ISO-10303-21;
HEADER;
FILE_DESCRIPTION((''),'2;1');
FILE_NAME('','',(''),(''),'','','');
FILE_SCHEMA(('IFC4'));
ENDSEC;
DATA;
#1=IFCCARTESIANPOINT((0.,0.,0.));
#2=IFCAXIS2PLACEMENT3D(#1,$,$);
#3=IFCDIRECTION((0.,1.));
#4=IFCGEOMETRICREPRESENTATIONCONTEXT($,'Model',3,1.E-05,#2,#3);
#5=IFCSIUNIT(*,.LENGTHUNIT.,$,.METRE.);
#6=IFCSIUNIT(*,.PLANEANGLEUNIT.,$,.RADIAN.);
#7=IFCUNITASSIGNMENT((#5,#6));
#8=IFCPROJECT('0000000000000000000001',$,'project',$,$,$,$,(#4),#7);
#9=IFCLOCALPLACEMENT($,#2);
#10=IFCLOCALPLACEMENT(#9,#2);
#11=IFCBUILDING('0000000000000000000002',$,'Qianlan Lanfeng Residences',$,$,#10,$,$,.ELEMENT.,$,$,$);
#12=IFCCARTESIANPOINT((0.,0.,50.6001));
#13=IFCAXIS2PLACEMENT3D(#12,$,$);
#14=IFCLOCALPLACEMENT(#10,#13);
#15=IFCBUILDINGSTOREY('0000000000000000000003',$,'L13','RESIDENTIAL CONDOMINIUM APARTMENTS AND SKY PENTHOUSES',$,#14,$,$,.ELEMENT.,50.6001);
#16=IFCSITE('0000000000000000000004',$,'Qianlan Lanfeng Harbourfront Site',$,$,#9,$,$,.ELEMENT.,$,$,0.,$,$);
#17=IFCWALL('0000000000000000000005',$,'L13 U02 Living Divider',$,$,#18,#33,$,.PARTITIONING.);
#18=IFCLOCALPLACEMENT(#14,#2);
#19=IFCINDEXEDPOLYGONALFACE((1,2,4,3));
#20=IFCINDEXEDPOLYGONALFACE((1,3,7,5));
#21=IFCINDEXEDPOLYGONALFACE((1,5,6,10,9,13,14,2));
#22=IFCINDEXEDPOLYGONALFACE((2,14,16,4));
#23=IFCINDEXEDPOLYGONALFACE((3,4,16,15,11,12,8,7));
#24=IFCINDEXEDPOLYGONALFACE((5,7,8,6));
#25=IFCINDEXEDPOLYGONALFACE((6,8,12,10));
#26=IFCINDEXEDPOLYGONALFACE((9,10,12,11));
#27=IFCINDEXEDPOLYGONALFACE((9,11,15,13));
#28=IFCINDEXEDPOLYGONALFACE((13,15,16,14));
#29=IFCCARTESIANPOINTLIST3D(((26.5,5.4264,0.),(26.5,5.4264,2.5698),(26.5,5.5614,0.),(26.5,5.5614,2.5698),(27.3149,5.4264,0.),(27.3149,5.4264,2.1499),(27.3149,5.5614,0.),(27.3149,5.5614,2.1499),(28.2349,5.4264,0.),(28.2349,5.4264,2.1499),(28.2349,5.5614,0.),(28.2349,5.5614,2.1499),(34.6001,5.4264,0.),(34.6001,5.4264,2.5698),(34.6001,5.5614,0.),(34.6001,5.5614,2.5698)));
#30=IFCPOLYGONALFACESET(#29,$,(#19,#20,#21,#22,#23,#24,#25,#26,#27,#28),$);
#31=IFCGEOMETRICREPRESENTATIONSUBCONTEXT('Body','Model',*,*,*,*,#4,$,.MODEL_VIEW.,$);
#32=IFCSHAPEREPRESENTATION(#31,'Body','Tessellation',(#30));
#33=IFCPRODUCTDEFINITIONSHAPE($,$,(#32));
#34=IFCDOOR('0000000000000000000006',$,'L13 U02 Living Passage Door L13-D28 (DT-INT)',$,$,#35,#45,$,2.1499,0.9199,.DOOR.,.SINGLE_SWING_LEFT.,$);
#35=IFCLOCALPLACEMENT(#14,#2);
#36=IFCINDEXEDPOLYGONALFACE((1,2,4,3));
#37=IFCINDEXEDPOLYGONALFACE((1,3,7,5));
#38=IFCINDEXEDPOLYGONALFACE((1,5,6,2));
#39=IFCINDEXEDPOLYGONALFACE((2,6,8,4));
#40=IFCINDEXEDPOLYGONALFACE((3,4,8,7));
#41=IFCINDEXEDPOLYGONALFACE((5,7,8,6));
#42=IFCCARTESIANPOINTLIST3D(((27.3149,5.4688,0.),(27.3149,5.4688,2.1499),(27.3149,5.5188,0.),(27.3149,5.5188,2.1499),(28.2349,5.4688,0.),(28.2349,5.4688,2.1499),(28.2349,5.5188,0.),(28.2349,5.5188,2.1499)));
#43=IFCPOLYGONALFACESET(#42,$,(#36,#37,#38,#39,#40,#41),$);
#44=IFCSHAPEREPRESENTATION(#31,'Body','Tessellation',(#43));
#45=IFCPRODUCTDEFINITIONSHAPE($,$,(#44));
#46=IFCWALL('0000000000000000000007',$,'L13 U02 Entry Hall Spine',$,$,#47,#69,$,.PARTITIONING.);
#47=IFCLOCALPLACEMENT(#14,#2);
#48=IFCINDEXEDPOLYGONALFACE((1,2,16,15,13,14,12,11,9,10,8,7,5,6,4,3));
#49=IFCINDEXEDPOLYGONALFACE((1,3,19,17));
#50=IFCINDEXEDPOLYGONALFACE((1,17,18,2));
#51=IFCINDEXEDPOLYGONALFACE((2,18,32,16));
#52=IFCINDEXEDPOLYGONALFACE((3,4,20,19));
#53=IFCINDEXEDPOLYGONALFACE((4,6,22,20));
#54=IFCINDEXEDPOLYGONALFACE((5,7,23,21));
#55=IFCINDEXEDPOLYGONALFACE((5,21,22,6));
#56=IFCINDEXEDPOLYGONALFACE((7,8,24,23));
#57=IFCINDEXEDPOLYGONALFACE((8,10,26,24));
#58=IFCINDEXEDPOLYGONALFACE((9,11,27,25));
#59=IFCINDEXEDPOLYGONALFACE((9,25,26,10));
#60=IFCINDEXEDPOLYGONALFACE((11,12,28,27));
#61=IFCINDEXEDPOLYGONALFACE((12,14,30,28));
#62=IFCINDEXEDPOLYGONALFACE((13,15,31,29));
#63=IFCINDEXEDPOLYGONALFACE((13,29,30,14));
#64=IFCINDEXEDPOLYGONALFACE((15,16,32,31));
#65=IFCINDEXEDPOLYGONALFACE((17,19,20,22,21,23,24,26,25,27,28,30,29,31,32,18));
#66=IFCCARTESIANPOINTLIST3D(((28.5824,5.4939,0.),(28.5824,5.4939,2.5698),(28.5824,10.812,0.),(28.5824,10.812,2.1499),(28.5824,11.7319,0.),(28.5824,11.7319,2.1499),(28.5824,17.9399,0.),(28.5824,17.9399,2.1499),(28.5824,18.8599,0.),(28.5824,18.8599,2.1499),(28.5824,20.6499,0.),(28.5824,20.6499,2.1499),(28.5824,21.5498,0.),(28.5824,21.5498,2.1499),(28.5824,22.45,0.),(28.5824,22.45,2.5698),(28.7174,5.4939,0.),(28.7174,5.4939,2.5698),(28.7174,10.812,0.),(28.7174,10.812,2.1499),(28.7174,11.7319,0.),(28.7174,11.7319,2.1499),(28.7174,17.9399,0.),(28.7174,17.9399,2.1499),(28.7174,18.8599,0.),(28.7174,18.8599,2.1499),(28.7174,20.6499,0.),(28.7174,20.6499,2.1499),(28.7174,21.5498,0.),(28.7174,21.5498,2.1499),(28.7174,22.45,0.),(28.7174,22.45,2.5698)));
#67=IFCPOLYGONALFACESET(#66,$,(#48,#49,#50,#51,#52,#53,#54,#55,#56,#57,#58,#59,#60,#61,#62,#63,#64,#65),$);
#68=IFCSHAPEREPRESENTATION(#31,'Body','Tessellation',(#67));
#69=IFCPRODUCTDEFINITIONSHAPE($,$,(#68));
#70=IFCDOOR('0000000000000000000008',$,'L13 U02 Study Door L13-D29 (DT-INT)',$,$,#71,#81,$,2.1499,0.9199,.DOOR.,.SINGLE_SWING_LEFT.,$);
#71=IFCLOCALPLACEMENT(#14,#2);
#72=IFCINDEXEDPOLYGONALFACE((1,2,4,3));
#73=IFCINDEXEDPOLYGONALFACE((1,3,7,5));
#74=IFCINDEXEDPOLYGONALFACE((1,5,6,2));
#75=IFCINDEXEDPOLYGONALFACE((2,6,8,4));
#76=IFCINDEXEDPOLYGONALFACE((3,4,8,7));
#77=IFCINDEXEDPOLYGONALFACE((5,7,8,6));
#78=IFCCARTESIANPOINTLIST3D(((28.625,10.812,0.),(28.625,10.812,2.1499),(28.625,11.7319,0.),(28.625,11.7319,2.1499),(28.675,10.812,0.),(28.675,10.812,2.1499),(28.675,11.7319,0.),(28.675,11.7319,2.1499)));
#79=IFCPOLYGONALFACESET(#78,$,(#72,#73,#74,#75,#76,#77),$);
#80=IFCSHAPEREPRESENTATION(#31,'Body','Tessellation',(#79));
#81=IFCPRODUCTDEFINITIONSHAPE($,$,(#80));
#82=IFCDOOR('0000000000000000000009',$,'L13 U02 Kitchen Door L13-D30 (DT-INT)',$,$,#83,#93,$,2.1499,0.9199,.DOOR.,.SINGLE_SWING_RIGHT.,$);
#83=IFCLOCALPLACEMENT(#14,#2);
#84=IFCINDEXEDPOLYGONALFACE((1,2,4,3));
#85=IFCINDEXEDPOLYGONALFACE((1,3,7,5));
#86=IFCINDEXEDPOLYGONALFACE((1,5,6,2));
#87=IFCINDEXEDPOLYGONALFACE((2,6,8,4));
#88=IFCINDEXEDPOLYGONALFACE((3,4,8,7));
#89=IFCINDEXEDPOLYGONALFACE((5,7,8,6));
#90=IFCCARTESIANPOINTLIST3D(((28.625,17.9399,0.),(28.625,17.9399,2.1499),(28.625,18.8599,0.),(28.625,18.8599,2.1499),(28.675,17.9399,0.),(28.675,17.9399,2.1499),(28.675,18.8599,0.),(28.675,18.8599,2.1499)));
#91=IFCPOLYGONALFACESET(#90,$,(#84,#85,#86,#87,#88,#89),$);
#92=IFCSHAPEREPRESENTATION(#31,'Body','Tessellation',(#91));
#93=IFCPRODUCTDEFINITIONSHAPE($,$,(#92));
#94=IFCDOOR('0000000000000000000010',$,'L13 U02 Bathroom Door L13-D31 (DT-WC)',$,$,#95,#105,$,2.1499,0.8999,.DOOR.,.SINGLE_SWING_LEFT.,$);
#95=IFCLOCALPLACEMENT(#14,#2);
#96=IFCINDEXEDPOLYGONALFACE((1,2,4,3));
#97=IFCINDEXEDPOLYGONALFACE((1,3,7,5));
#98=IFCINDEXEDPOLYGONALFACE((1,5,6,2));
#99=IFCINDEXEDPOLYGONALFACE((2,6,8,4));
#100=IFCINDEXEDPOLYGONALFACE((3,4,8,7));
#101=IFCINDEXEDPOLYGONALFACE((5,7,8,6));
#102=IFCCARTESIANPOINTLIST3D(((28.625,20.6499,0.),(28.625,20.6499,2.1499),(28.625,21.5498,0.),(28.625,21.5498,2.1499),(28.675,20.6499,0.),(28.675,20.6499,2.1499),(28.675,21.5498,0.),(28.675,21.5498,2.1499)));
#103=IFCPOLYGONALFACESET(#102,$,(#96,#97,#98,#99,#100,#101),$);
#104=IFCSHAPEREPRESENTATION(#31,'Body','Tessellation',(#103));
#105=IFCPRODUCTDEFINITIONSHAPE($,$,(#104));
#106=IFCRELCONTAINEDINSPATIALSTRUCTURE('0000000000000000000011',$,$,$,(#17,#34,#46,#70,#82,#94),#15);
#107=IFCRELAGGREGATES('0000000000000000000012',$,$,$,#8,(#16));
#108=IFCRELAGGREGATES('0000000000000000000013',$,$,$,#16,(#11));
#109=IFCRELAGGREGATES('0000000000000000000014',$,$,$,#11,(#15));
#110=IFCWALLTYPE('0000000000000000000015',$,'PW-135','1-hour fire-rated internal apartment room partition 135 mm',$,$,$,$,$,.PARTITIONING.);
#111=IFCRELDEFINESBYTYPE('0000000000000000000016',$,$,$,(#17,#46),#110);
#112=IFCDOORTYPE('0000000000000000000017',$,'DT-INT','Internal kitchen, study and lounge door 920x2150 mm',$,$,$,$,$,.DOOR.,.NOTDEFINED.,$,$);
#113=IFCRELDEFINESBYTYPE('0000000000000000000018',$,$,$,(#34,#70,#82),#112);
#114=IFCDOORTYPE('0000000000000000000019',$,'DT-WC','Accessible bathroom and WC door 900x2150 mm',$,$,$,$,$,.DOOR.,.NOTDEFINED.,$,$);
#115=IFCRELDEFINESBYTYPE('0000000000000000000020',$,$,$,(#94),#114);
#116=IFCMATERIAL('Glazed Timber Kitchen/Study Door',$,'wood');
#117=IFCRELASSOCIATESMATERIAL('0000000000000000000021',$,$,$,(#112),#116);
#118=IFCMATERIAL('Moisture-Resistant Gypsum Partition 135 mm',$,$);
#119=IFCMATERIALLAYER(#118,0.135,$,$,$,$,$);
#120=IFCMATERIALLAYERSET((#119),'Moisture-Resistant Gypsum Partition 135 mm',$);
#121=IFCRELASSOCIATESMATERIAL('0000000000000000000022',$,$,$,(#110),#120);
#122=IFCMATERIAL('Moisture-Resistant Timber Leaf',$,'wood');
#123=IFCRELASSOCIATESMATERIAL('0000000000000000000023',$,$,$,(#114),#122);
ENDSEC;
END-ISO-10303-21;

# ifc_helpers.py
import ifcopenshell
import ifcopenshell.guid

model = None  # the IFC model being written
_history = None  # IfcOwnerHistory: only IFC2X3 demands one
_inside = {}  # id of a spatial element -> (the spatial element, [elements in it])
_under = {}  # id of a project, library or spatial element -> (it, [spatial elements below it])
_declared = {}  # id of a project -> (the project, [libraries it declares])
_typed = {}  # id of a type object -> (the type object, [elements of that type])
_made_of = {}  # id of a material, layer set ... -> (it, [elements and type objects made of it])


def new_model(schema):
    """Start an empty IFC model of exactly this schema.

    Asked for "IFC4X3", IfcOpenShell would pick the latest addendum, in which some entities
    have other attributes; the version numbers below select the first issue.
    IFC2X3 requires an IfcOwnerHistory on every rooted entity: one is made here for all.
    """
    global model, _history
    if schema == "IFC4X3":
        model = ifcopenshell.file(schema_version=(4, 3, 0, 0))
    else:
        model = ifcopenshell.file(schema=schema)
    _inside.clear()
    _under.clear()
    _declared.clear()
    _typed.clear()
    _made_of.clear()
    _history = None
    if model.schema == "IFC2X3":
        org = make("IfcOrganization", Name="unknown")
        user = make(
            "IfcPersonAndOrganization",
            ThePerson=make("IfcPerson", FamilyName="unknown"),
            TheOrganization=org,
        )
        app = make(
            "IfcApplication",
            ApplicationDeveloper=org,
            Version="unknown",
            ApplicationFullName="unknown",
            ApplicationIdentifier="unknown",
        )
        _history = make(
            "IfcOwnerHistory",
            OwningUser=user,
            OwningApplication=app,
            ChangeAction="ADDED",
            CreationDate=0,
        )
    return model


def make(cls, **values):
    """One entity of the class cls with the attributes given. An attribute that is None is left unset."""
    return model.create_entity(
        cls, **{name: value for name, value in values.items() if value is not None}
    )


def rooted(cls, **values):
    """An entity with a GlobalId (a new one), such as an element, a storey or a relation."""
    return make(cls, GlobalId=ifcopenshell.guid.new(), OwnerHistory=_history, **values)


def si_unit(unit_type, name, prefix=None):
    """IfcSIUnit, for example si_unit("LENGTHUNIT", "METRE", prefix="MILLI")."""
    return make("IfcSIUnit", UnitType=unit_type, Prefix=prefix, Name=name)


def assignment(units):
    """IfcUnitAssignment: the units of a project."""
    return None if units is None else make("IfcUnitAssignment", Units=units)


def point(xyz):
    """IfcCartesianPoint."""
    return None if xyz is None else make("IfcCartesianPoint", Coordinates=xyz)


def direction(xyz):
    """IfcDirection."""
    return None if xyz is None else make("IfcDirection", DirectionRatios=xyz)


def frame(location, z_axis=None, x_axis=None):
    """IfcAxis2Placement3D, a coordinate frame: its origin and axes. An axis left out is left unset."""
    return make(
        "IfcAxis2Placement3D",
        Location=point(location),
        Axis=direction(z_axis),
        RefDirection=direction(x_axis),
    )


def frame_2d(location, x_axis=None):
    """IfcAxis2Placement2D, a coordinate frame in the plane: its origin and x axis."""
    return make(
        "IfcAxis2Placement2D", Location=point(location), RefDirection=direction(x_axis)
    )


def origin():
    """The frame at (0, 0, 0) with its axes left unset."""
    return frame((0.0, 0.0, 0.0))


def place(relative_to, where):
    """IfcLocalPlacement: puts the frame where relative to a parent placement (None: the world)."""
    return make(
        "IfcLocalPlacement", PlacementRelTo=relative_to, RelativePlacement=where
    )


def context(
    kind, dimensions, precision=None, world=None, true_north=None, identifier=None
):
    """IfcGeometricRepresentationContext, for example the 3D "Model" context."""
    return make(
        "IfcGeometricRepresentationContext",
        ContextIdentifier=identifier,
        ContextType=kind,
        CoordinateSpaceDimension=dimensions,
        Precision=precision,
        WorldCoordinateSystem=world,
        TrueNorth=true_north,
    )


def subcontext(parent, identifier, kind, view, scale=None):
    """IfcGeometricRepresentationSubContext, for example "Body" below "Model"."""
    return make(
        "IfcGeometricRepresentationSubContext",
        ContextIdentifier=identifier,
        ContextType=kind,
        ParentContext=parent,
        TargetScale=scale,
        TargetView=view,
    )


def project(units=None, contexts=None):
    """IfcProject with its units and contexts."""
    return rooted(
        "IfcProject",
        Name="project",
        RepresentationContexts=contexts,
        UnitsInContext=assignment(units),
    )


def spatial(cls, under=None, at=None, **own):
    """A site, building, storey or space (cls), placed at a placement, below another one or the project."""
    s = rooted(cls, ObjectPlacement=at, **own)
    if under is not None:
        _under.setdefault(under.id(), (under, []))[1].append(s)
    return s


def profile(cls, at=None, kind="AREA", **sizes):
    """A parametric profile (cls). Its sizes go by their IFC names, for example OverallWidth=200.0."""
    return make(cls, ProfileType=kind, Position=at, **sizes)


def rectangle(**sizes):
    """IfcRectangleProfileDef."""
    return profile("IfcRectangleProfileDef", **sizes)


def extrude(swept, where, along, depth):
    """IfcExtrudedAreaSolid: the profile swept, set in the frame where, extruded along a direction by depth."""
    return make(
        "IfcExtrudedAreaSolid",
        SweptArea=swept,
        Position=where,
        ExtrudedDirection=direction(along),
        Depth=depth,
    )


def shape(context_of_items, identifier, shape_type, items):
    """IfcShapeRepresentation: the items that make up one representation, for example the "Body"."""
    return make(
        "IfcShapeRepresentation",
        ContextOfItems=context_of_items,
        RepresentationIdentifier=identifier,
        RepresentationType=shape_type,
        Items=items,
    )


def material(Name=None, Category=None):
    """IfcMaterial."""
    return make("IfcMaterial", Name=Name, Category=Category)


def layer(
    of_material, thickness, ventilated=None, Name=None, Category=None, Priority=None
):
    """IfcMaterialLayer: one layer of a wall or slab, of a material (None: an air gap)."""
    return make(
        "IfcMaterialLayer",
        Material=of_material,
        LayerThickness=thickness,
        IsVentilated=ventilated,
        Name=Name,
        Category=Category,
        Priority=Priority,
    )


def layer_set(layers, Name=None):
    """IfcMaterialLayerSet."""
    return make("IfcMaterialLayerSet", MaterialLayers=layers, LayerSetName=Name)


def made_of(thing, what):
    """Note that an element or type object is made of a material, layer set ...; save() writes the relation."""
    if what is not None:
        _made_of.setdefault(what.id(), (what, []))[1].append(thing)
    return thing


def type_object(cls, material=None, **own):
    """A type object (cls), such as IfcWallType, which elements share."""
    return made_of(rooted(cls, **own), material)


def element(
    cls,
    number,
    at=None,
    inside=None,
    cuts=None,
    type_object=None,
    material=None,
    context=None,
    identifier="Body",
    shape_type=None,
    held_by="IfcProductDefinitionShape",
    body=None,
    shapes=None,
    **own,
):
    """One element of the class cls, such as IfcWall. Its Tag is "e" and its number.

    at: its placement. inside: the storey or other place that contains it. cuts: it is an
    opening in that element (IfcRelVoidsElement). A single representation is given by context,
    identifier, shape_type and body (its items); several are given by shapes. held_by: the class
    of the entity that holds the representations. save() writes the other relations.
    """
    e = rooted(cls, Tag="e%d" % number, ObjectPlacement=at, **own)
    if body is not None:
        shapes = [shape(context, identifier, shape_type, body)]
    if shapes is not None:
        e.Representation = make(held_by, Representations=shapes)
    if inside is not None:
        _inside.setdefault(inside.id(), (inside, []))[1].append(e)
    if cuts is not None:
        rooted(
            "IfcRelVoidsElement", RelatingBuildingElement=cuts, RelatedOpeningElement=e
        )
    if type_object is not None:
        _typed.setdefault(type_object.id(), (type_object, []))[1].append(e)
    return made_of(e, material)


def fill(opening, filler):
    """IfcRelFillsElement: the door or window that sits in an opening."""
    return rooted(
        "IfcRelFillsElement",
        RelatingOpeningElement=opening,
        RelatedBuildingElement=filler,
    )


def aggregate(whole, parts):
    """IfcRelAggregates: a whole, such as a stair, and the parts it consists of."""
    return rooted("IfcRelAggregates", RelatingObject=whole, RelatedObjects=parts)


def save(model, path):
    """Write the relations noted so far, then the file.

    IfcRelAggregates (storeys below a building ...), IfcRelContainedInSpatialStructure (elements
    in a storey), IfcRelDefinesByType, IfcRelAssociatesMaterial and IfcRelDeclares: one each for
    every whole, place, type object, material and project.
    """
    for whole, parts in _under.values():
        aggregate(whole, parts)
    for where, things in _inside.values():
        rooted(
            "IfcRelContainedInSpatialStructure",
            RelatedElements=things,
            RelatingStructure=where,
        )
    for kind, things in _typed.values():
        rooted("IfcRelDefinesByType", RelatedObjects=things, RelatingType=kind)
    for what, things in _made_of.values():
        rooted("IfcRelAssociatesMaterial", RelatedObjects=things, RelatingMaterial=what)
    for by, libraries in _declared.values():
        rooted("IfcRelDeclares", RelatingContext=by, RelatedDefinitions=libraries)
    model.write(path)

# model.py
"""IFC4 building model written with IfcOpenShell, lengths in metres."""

from ifc_helpers import new_model, si_unit, direction, frame, frame_2d, origin, place, context, subcontext, project, spatial, rectangle, extrude, material, layer, layer_set, type_object, element, fill, save


model = new_model("IFC4")

# Units and contexts
model_context = context("Model", 3, precision=1e-05, world=origin(), true_north=direction((0.0, 1.0)))
body_context = subcontext(model_context, "Body", "Model", "MODEL_VIEW")
ifc_project = project(units=[si_unit("LENGTHUNIT", "METRE"), si_unit("PLANEANGLEUNIT", "RADIAN")], contexts=[model_context])

# Site, building, storey
site_placement = place(None, origin())
site = spatial("IfcSite", under=ifc_project, at=site_placement, Name="Qianlan Lanfeng Harbourfront Site", CompositionType="ELEMENT", RefElevation=0.0)
building_placement = place(site_placement, origin())
building = spatial("IfcBuilding", under=site, at=building_placement, Name="Qianlan Lanfeng Residences", CompositionType="ELEMENT")
storey_placement = place(building_placement, frame((0.0, 0.0, 50.6001)))
storey = spatial("IfcBuildingStorey", under=building, at=storey_placement, Name="L13", Description="RESIDENTIAL CONDOMINIUM APARTMENTS AND SKY PENTHOUSES", CompositionType="ELEMENT", Elevation=50.6001)

# Shared definitions
ifc_material_1 = material(Name="Glazed Timber Kitchen/Study Door", Category="wood")
door_type_1 = type_object("IfcDoorType", Name="DT-INT", Description="Internal kitchen, study and lounge door 920x2150 mm", OperationType="NOTDEFINED", PredefinedType="DOOR", material=ifc_material_1)
ifc_material_2 = material(Name="Moisture-Resistant Gypsum Partition 135 mm")
ifc_layer_1 = layer(ifc_material_2, 0.135)
ifc_layer_set_1 = layer_set([ifc_layer_1], Name="Moisture-Resistant Gypsum Partition 135 mm")
wall_type_1 = type_object("IfcWallType", Name="PW-135", Description="1-hour fire-rated internal apartment room partition 135 mm", PredefinedType="PARTITIONING", material=ifc_layer_set_1)

# Wall, opening, door
wall_1_placement = place(storey_placement, frame((26.5, 5.4939, 0.0), z_axis=(0.0, 0.0, 1.0), x_axis=(1.0, 0.0, 0.0)))
wall_1 = element("IfcWall", 1, at=wall_1_placement, inside=storey, type_object=wall_type_1, Name="L13 U02 Living Divider", PredefinedType="PARTITIONING", context=body_context, shape_type="SweptSolid", body=[
    extrude(rectangle(XDim=8.1001, YDim=0.135, at=frame_2d((4.05, 0.0))), origin(), (0.0, 0.0, 1.0), 2.5698),
])
opening_1_placement = place(wall_1_placement, frame((0.8149, 0.0, 0.0)))
opening_1 = element("IfcOpeningElement", 2, at=opening_1_placement, cuts=wall_1, PredefinedType="OPENING", context=body_context, shape_type="SweptSolid", body=[
    extrude(rectangle(XDim=0.9199, YDim=2.1499, at=frame_2d((0.46, 1.075))), frame((0.0, 0.0776, 0.0), z_axis=(0.0, -1.0, 0.0), x_axis=(1.0, 0.0, 0.0)), (0.0, 0.0, 1.0), 0.155),
])
door_1_placement = place(opening_1_placement, origin())
door_1 = element("IfcDoor", 3, at=door_1_placement, inside=storey, type_object=door_type_1, Name="L13 U02 Living Passage Door L13-D28 (DT-INT)", OperationType="SINGLE_SWING_LEFT", OverallHeight=2.1499, OverallWidth=0.9199, PredefinedType="DOOR", context=body_context, shape_type="SweptSolid", body=[
    extrude(rectangle(XDim=0.9199, YDim=2.1499, at=frame_2d((0.46, 1.075))), frame((0.0, 0.0249, 0.0), z_axis=(0.0, -1.0, 0.0), x_axis=(1.0, 0.0, 0.0)), (0.0, 0.0, 1.0), 0.05),
])
fill(opening_1, door_1)

# Wall, openings, doors
wall_2_placement = place(storey_placement, frame((28.6499, 5.4939, 0.0), z_axis=(0.0, 0.0, 1.0), x_axis=(0.0, 1.0, 0.0)))
wall_2 = element("IfcWall", 4, at=wall_2_placement, inside=storey, type_object=wall_type_1, Name="L13 U02 Entry Hall Spine", PredefinedType="PARTITIONING", context=body_context, shape_type="SweptSolid", body=[
    extrude(rectangle(XDim=16.9561, YDim=0.135, at=frame_2d((8.478, 0.0))), origin(), (0.0, 0.0, 1.0), 2.5698),
])
opening_2_placement = place(wall_2_placement, frame((5.3181, 0.0, 0.0)))
opening_2 = element("IfcOpeningElement", 5, at=opening_2_placement, cuts=wall_2, PredefinedType="OPENING", context=body_context, shape_type="SweptSolid", body=[
    extrude(rectangle(XDim=0.9199, YDim=2.1499, at=frame_2d((0.46, 1.075))), frame((0.0, 0.0776, 0.0), z_axis=(0.0, -1.0, 0.0), x_axis=(1.0, 0.0, 0.0)), (0.0, 0.0, 1.0), 0.155),
])
opening_3_placement = place(wall_2_placement, frame((12.446, 0.0, 0.0)))
opening_3 = element("IfcOpeningElement", 6, at=opening_3_placement, cuts=wall_2, PredefinedType="OPENING", context=body_context, shape_type="SweptSolid", body=[
    extrude(rectangle(XDim=0.9199, YDim=2.1499, at=frame_2d((0.46, 1.075))), frame((0.0, 0.0776, 0.0), z_axis=(0.0, -1.0, 0.0), x_axis=(1.0, 0.0, 0.0)), (0.0, 0.0, 1.0), 0.155),
])
opening_4_placement = place(wall_2_placement, frame((15.156, 0.0, 0.0)))
opening_4 = element("IfcOpeningElement", 7, at=opening_4_placement, cuts=wall_2, PredefinedType="OPENING", context=body_context, shape_type="SweptSolid", body=[
    extrude(rectangle(XDim=0.8999, YDim=2.1499, at=frame_2d((0.45, 1.075))), frame((0.0, 0.0776, 0.0), z_axis=(0.0, -1.0, 0.0), x_axis=(1.0, 0.0, 0.0)), (0.0, 0.0, 1.0), 0.155),
])
door_2_placement = place(opening_2_placement, origin())
door_2 = element("IfcDoor", 8, at=door_2_placement, inside=storey, type_object=door_type_1, Name="L13 U02 Study Door L13-D29 (DT-INT)", OperationType="SINGLE_SWING_LEFT", OverallHeight=2.1499, OverallWidth=0.9199, PredefinedType="DOOR", context=body_context, shape_type="SweptSolid", body=[
    extrude(rectangle(XDim=0.9199, YDim=2.1499, at=frame_2d((0.46, 1.075))), frame((0.0, 0.0249, 0.0), z_axis=(0.0, -1.0, 0.0), x_axis=(1.0, 0.0, 0.0)), (0.0, 0.0, 1.0), 0.05),
])
fill(opening_2, door_2)
door_3_placement = place(opening_3_placement, origin())
door_3 = element("IfcDoor", 9, at=door_3_placement, inside=storey, type_object=door_type_1, Name="L13 U02 Kitchen Door L13-D30 (DT-INT)", OperationType="SINGLE_SWING_RIGHT", OverallHeight=2.1499, OverallWidth=0.9199, PredefinedType="DOOR", context=body_context, shape_type="SweptSolid", body=[
    extrude(rectangle(XDim=0.9199, YDim=2.1499, at=frame_2d((0.46, 1.075))), frame((0.0, 0.0249, 0.0), z_axis=(0.0, -1.0, 0.0), x_axis=(1.0, 0.0, 0.0)), (0.0, 0.0, 1.0), 0.05),
])
fill(opening_3, door_3)
ifc_material_3 = material(Name="Moisture-Resistant Timber Leaf", Category="wood")
door_type_2 = type_object("IfcDoorType", Name="DT-WC", Description="Accessible bathroom and WC door 900x2150 mm", OperationType="NOTDEFINED", PredefinedType="DOOR", material=ifc_material_3)
door_4_placement = place(opening_4_placement, origin())
door_4 = element("IfcDoor", 10, at=door_4_placement, inside=storey, type_object=door_type_2, Name="L13 U02 Bathroom Door L13-D31 (DT-WC)", OperationType="SINGLE_SWING_LEFT", OverallHeight=2.1499, OverallWidth=0.8999, PredefinedType="DOOR", context=body_context, shape_type="SweptSolid", body=[
    extrude(rectangle(XDim=0.8999, YDim=2.1499, at=frame_2d((0.45, 1.075))), frame((0.0, 0.0249, 0.0), z_axis=(0.0, -1.0, 0.0), x_axis=(1.0, 0.0, 0.0)), (0.0, 0.0, 1.0), 0.05),
])
fill(opening_4, door_4)

save(model, "model.ifc")
